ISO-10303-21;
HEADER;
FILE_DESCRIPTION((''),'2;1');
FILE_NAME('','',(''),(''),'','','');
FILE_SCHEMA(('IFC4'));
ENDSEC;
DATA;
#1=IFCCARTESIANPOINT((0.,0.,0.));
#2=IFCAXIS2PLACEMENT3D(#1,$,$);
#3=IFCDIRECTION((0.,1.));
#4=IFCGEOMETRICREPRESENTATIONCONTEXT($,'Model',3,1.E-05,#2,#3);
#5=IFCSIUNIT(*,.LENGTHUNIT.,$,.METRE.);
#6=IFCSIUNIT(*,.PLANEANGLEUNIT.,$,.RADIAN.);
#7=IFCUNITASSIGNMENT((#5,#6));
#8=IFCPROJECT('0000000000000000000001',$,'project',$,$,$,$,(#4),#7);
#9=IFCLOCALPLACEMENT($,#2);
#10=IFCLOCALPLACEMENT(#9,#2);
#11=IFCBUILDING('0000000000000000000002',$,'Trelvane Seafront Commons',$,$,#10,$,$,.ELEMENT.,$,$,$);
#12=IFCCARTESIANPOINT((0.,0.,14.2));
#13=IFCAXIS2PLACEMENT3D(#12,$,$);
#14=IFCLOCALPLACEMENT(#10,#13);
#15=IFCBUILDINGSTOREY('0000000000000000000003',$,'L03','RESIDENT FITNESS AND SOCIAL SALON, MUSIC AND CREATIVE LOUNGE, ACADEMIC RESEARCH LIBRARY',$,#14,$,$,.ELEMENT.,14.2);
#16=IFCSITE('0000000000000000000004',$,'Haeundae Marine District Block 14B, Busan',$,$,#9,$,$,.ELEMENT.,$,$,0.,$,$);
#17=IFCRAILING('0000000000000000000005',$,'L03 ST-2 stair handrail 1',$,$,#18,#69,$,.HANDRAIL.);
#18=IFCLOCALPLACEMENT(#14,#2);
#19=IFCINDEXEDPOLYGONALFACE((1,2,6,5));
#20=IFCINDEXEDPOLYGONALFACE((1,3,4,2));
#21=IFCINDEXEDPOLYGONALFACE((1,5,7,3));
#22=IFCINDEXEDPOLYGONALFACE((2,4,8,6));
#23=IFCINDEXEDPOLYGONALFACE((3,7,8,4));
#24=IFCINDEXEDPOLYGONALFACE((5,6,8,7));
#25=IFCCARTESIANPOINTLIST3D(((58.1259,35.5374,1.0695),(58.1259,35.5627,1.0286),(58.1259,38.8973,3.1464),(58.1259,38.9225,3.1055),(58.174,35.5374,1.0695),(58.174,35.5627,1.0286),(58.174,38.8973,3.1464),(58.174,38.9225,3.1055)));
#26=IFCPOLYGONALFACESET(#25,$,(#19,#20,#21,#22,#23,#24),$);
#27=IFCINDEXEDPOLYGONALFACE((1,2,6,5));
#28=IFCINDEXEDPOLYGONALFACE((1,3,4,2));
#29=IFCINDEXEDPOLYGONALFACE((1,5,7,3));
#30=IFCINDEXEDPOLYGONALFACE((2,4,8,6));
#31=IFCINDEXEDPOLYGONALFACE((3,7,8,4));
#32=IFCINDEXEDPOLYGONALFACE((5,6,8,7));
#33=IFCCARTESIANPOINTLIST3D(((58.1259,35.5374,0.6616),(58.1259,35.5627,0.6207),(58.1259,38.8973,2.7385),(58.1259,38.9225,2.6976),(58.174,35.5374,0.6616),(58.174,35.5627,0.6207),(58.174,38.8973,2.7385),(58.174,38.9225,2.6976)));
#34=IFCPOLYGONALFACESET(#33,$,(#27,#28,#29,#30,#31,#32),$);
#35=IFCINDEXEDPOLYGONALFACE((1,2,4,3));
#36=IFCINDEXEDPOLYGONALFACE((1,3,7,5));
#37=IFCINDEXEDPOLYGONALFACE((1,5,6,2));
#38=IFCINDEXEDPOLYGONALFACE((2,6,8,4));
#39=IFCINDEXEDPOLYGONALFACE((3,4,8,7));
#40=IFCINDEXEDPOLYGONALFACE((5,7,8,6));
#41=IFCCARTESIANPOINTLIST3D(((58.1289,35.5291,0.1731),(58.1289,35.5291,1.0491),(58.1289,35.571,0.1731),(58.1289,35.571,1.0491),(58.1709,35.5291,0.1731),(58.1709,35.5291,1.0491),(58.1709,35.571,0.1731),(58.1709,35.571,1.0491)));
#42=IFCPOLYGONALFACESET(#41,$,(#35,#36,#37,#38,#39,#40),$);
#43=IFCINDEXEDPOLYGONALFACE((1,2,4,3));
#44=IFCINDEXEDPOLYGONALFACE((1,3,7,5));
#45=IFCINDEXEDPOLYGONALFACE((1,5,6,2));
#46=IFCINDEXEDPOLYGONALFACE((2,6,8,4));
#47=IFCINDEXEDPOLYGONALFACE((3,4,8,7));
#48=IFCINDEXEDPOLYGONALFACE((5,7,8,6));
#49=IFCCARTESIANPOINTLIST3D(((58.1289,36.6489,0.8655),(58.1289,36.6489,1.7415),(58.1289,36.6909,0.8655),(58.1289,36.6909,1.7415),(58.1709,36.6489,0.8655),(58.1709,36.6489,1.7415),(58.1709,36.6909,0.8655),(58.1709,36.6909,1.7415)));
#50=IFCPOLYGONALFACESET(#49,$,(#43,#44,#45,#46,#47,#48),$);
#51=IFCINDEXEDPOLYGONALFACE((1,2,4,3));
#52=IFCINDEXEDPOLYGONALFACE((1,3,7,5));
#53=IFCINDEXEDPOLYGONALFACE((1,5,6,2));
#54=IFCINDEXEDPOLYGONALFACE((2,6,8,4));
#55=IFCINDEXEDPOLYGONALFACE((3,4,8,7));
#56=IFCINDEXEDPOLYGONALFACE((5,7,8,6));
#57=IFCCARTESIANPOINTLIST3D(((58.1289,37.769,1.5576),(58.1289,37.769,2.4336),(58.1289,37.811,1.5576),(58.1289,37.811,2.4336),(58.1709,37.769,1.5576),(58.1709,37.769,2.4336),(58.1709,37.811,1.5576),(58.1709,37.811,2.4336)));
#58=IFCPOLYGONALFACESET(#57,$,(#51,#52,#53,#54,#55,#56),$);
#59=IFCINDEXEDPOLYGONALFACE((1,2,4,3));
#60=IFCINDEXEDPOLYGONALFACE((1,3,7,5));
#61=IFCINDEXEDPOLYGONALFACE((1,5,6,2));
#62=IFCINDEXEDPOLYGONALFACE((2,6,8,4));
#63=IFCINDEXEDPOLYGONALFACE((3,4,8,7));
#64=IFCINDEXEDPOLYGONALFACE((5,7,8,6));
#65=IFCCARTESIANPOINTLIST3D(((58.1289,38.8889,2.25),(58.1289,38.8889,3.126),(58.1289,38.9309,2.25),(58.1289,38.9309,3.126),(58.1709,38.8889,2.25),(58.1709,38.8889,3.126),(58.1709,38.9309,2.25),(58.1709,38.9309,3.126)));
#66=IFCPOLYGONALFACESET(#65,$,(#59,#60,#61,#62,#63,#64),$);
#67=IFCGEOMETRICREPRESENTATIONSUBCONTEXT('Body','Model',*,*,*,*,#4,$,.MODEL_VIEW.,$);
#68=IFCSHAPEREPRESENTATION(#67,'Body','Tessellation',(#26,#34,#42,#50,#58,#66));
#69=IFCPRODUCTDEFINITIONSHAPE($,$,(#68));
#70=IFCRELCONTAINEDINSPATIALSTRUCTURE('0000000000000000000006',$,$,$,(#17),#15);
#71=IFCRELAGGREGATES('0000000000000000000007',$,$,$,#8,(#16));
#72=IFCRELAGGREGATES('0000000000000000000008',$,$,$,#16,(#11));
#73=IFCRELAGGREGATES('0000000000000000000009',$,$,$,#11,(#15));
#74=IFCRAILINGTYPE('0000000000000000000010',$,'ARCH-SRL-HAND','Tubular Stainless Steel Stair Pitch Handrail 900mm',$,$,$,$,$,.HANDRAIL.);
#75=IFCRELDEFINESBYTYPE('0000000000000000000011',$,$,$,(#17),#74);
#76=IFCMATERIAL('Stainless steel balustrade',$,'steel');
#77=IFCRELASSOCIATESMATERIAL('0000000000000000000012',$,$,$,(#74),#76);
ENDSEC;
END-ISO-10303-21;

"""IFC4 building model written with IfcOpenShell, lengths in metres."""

from ifc_helpers import new_model, si_unit, direction, frame, origin, origin_2d, place, context, subcontext, project, spatial, rectangle, extrude, material, type_object, element, save


model = new_model("IFC4")

# Units and contexts
model_context = context("Model", 3, precision=1e-05, world=origin(), true_north=direction((0.0, 1.0)))
body_context = subcontext(model_context, "Body", "Model", "MODEL_VIEW")
ifc_project = project(units=[si_unit("LENGTHUNIT", "METRE"), si_unit("PLANEANGLEUNIT", "RADIAN")], contexts=[model_context])

# Site, building, storey
site_placement = place(None, origin())
site = spatial("IfcSite", under=ifc_project, at=site_placement, Name="Haeundae Marine District Block 14B, Busan", CompositionType="ELEMENT", RefElevation=0.0)
building_placement = place(site_placement, origin())
building = spatial("IfcBuilding", under=site, at=building_placement, Name="Trelvane Seafront Commons", CompositionType="ELEMENT")
storey_placement = place(building_placement, frame((0.0, 0.0, 14.2)))
storey = spatial("IfcBuildingStorey", under=building, at=storey_placement, Name="L03", Description="RESIDENT FITNESS AND SOCIAL SALON, MUSIC AND CREATIVE LOUNGE, ACADEMIC RESEARCH LIBRARY", CompositionType="ELEMENT", Elevation=14.2)

# Railing
ifc_material_1 = material(Name="Stainless steel balustrade", Category="steel")
railing_type_1 = type_object("IfcRailingType", Name="ARCH-SRL-HAND", Description="Tubular Stainless Steel Stair Pitch Handrail 900mm", PredefinedType="HANDRAIL", material=ifc_material_1)
railing_1_placement = place(storey_placement, frame((58.1499, 35.55, 0.1731)))
element("IfcRailing", 1, at=railing_1_placement, inside=storey, type_object=railing_type_1, Name="L03 ST-2 stair handrail 1", PredefinedType="HANDRAIL", context=body_context, shape_type="SweptSolid", body=[
    extrude(rectangle(XDim=0.0481, YDim=0.0481, at=origin_2d()), frame((0.0, 0.0, 0.876), z_axis=(0.0, 0.850606, 0.525803), x_axis=(-1.0, 0.0, 0.0)), (0.0, 0.0, 1.0), 3.95),
    extrude(rectangle(XDim=0.0481, YDim=0.0481, at=origin_2d()), frame((0.0, 0.0, 0.468), z_axis=(0.0, 0.850606, 0.525803), x_axis=(-1.0, 0.0, 0.0)), (0.0, 0.0, 1.0), 3.95),
    extrude(rectangle(XDim=0.042, YDim=0.042, at=origin_2d()), origin(), (0.0, 0.0, 1.0), 0.876),
    extrude(rectangle(XDim=0.042, YDim=0.042, at=origin_2d()), frame((0.0, 1.1199, 0.6924)), (0.0, 0.0, 1.0), 0.876),
    extrude(rectangle(XDim=0.042, YDim=0.042, at=origin_2d()), frame((0.0, 2.24, 1.3845)), (0.0, 0.0, 1.0), 0.876),
    extrude(rectangle(XDim=0.042, YDim=0.042, at=origin_2d()), frame((0.0, 3.3599, 2.0769)), (0.0, 0.0, 1.0), 0.876),
])

save(model, "model.ifc")
